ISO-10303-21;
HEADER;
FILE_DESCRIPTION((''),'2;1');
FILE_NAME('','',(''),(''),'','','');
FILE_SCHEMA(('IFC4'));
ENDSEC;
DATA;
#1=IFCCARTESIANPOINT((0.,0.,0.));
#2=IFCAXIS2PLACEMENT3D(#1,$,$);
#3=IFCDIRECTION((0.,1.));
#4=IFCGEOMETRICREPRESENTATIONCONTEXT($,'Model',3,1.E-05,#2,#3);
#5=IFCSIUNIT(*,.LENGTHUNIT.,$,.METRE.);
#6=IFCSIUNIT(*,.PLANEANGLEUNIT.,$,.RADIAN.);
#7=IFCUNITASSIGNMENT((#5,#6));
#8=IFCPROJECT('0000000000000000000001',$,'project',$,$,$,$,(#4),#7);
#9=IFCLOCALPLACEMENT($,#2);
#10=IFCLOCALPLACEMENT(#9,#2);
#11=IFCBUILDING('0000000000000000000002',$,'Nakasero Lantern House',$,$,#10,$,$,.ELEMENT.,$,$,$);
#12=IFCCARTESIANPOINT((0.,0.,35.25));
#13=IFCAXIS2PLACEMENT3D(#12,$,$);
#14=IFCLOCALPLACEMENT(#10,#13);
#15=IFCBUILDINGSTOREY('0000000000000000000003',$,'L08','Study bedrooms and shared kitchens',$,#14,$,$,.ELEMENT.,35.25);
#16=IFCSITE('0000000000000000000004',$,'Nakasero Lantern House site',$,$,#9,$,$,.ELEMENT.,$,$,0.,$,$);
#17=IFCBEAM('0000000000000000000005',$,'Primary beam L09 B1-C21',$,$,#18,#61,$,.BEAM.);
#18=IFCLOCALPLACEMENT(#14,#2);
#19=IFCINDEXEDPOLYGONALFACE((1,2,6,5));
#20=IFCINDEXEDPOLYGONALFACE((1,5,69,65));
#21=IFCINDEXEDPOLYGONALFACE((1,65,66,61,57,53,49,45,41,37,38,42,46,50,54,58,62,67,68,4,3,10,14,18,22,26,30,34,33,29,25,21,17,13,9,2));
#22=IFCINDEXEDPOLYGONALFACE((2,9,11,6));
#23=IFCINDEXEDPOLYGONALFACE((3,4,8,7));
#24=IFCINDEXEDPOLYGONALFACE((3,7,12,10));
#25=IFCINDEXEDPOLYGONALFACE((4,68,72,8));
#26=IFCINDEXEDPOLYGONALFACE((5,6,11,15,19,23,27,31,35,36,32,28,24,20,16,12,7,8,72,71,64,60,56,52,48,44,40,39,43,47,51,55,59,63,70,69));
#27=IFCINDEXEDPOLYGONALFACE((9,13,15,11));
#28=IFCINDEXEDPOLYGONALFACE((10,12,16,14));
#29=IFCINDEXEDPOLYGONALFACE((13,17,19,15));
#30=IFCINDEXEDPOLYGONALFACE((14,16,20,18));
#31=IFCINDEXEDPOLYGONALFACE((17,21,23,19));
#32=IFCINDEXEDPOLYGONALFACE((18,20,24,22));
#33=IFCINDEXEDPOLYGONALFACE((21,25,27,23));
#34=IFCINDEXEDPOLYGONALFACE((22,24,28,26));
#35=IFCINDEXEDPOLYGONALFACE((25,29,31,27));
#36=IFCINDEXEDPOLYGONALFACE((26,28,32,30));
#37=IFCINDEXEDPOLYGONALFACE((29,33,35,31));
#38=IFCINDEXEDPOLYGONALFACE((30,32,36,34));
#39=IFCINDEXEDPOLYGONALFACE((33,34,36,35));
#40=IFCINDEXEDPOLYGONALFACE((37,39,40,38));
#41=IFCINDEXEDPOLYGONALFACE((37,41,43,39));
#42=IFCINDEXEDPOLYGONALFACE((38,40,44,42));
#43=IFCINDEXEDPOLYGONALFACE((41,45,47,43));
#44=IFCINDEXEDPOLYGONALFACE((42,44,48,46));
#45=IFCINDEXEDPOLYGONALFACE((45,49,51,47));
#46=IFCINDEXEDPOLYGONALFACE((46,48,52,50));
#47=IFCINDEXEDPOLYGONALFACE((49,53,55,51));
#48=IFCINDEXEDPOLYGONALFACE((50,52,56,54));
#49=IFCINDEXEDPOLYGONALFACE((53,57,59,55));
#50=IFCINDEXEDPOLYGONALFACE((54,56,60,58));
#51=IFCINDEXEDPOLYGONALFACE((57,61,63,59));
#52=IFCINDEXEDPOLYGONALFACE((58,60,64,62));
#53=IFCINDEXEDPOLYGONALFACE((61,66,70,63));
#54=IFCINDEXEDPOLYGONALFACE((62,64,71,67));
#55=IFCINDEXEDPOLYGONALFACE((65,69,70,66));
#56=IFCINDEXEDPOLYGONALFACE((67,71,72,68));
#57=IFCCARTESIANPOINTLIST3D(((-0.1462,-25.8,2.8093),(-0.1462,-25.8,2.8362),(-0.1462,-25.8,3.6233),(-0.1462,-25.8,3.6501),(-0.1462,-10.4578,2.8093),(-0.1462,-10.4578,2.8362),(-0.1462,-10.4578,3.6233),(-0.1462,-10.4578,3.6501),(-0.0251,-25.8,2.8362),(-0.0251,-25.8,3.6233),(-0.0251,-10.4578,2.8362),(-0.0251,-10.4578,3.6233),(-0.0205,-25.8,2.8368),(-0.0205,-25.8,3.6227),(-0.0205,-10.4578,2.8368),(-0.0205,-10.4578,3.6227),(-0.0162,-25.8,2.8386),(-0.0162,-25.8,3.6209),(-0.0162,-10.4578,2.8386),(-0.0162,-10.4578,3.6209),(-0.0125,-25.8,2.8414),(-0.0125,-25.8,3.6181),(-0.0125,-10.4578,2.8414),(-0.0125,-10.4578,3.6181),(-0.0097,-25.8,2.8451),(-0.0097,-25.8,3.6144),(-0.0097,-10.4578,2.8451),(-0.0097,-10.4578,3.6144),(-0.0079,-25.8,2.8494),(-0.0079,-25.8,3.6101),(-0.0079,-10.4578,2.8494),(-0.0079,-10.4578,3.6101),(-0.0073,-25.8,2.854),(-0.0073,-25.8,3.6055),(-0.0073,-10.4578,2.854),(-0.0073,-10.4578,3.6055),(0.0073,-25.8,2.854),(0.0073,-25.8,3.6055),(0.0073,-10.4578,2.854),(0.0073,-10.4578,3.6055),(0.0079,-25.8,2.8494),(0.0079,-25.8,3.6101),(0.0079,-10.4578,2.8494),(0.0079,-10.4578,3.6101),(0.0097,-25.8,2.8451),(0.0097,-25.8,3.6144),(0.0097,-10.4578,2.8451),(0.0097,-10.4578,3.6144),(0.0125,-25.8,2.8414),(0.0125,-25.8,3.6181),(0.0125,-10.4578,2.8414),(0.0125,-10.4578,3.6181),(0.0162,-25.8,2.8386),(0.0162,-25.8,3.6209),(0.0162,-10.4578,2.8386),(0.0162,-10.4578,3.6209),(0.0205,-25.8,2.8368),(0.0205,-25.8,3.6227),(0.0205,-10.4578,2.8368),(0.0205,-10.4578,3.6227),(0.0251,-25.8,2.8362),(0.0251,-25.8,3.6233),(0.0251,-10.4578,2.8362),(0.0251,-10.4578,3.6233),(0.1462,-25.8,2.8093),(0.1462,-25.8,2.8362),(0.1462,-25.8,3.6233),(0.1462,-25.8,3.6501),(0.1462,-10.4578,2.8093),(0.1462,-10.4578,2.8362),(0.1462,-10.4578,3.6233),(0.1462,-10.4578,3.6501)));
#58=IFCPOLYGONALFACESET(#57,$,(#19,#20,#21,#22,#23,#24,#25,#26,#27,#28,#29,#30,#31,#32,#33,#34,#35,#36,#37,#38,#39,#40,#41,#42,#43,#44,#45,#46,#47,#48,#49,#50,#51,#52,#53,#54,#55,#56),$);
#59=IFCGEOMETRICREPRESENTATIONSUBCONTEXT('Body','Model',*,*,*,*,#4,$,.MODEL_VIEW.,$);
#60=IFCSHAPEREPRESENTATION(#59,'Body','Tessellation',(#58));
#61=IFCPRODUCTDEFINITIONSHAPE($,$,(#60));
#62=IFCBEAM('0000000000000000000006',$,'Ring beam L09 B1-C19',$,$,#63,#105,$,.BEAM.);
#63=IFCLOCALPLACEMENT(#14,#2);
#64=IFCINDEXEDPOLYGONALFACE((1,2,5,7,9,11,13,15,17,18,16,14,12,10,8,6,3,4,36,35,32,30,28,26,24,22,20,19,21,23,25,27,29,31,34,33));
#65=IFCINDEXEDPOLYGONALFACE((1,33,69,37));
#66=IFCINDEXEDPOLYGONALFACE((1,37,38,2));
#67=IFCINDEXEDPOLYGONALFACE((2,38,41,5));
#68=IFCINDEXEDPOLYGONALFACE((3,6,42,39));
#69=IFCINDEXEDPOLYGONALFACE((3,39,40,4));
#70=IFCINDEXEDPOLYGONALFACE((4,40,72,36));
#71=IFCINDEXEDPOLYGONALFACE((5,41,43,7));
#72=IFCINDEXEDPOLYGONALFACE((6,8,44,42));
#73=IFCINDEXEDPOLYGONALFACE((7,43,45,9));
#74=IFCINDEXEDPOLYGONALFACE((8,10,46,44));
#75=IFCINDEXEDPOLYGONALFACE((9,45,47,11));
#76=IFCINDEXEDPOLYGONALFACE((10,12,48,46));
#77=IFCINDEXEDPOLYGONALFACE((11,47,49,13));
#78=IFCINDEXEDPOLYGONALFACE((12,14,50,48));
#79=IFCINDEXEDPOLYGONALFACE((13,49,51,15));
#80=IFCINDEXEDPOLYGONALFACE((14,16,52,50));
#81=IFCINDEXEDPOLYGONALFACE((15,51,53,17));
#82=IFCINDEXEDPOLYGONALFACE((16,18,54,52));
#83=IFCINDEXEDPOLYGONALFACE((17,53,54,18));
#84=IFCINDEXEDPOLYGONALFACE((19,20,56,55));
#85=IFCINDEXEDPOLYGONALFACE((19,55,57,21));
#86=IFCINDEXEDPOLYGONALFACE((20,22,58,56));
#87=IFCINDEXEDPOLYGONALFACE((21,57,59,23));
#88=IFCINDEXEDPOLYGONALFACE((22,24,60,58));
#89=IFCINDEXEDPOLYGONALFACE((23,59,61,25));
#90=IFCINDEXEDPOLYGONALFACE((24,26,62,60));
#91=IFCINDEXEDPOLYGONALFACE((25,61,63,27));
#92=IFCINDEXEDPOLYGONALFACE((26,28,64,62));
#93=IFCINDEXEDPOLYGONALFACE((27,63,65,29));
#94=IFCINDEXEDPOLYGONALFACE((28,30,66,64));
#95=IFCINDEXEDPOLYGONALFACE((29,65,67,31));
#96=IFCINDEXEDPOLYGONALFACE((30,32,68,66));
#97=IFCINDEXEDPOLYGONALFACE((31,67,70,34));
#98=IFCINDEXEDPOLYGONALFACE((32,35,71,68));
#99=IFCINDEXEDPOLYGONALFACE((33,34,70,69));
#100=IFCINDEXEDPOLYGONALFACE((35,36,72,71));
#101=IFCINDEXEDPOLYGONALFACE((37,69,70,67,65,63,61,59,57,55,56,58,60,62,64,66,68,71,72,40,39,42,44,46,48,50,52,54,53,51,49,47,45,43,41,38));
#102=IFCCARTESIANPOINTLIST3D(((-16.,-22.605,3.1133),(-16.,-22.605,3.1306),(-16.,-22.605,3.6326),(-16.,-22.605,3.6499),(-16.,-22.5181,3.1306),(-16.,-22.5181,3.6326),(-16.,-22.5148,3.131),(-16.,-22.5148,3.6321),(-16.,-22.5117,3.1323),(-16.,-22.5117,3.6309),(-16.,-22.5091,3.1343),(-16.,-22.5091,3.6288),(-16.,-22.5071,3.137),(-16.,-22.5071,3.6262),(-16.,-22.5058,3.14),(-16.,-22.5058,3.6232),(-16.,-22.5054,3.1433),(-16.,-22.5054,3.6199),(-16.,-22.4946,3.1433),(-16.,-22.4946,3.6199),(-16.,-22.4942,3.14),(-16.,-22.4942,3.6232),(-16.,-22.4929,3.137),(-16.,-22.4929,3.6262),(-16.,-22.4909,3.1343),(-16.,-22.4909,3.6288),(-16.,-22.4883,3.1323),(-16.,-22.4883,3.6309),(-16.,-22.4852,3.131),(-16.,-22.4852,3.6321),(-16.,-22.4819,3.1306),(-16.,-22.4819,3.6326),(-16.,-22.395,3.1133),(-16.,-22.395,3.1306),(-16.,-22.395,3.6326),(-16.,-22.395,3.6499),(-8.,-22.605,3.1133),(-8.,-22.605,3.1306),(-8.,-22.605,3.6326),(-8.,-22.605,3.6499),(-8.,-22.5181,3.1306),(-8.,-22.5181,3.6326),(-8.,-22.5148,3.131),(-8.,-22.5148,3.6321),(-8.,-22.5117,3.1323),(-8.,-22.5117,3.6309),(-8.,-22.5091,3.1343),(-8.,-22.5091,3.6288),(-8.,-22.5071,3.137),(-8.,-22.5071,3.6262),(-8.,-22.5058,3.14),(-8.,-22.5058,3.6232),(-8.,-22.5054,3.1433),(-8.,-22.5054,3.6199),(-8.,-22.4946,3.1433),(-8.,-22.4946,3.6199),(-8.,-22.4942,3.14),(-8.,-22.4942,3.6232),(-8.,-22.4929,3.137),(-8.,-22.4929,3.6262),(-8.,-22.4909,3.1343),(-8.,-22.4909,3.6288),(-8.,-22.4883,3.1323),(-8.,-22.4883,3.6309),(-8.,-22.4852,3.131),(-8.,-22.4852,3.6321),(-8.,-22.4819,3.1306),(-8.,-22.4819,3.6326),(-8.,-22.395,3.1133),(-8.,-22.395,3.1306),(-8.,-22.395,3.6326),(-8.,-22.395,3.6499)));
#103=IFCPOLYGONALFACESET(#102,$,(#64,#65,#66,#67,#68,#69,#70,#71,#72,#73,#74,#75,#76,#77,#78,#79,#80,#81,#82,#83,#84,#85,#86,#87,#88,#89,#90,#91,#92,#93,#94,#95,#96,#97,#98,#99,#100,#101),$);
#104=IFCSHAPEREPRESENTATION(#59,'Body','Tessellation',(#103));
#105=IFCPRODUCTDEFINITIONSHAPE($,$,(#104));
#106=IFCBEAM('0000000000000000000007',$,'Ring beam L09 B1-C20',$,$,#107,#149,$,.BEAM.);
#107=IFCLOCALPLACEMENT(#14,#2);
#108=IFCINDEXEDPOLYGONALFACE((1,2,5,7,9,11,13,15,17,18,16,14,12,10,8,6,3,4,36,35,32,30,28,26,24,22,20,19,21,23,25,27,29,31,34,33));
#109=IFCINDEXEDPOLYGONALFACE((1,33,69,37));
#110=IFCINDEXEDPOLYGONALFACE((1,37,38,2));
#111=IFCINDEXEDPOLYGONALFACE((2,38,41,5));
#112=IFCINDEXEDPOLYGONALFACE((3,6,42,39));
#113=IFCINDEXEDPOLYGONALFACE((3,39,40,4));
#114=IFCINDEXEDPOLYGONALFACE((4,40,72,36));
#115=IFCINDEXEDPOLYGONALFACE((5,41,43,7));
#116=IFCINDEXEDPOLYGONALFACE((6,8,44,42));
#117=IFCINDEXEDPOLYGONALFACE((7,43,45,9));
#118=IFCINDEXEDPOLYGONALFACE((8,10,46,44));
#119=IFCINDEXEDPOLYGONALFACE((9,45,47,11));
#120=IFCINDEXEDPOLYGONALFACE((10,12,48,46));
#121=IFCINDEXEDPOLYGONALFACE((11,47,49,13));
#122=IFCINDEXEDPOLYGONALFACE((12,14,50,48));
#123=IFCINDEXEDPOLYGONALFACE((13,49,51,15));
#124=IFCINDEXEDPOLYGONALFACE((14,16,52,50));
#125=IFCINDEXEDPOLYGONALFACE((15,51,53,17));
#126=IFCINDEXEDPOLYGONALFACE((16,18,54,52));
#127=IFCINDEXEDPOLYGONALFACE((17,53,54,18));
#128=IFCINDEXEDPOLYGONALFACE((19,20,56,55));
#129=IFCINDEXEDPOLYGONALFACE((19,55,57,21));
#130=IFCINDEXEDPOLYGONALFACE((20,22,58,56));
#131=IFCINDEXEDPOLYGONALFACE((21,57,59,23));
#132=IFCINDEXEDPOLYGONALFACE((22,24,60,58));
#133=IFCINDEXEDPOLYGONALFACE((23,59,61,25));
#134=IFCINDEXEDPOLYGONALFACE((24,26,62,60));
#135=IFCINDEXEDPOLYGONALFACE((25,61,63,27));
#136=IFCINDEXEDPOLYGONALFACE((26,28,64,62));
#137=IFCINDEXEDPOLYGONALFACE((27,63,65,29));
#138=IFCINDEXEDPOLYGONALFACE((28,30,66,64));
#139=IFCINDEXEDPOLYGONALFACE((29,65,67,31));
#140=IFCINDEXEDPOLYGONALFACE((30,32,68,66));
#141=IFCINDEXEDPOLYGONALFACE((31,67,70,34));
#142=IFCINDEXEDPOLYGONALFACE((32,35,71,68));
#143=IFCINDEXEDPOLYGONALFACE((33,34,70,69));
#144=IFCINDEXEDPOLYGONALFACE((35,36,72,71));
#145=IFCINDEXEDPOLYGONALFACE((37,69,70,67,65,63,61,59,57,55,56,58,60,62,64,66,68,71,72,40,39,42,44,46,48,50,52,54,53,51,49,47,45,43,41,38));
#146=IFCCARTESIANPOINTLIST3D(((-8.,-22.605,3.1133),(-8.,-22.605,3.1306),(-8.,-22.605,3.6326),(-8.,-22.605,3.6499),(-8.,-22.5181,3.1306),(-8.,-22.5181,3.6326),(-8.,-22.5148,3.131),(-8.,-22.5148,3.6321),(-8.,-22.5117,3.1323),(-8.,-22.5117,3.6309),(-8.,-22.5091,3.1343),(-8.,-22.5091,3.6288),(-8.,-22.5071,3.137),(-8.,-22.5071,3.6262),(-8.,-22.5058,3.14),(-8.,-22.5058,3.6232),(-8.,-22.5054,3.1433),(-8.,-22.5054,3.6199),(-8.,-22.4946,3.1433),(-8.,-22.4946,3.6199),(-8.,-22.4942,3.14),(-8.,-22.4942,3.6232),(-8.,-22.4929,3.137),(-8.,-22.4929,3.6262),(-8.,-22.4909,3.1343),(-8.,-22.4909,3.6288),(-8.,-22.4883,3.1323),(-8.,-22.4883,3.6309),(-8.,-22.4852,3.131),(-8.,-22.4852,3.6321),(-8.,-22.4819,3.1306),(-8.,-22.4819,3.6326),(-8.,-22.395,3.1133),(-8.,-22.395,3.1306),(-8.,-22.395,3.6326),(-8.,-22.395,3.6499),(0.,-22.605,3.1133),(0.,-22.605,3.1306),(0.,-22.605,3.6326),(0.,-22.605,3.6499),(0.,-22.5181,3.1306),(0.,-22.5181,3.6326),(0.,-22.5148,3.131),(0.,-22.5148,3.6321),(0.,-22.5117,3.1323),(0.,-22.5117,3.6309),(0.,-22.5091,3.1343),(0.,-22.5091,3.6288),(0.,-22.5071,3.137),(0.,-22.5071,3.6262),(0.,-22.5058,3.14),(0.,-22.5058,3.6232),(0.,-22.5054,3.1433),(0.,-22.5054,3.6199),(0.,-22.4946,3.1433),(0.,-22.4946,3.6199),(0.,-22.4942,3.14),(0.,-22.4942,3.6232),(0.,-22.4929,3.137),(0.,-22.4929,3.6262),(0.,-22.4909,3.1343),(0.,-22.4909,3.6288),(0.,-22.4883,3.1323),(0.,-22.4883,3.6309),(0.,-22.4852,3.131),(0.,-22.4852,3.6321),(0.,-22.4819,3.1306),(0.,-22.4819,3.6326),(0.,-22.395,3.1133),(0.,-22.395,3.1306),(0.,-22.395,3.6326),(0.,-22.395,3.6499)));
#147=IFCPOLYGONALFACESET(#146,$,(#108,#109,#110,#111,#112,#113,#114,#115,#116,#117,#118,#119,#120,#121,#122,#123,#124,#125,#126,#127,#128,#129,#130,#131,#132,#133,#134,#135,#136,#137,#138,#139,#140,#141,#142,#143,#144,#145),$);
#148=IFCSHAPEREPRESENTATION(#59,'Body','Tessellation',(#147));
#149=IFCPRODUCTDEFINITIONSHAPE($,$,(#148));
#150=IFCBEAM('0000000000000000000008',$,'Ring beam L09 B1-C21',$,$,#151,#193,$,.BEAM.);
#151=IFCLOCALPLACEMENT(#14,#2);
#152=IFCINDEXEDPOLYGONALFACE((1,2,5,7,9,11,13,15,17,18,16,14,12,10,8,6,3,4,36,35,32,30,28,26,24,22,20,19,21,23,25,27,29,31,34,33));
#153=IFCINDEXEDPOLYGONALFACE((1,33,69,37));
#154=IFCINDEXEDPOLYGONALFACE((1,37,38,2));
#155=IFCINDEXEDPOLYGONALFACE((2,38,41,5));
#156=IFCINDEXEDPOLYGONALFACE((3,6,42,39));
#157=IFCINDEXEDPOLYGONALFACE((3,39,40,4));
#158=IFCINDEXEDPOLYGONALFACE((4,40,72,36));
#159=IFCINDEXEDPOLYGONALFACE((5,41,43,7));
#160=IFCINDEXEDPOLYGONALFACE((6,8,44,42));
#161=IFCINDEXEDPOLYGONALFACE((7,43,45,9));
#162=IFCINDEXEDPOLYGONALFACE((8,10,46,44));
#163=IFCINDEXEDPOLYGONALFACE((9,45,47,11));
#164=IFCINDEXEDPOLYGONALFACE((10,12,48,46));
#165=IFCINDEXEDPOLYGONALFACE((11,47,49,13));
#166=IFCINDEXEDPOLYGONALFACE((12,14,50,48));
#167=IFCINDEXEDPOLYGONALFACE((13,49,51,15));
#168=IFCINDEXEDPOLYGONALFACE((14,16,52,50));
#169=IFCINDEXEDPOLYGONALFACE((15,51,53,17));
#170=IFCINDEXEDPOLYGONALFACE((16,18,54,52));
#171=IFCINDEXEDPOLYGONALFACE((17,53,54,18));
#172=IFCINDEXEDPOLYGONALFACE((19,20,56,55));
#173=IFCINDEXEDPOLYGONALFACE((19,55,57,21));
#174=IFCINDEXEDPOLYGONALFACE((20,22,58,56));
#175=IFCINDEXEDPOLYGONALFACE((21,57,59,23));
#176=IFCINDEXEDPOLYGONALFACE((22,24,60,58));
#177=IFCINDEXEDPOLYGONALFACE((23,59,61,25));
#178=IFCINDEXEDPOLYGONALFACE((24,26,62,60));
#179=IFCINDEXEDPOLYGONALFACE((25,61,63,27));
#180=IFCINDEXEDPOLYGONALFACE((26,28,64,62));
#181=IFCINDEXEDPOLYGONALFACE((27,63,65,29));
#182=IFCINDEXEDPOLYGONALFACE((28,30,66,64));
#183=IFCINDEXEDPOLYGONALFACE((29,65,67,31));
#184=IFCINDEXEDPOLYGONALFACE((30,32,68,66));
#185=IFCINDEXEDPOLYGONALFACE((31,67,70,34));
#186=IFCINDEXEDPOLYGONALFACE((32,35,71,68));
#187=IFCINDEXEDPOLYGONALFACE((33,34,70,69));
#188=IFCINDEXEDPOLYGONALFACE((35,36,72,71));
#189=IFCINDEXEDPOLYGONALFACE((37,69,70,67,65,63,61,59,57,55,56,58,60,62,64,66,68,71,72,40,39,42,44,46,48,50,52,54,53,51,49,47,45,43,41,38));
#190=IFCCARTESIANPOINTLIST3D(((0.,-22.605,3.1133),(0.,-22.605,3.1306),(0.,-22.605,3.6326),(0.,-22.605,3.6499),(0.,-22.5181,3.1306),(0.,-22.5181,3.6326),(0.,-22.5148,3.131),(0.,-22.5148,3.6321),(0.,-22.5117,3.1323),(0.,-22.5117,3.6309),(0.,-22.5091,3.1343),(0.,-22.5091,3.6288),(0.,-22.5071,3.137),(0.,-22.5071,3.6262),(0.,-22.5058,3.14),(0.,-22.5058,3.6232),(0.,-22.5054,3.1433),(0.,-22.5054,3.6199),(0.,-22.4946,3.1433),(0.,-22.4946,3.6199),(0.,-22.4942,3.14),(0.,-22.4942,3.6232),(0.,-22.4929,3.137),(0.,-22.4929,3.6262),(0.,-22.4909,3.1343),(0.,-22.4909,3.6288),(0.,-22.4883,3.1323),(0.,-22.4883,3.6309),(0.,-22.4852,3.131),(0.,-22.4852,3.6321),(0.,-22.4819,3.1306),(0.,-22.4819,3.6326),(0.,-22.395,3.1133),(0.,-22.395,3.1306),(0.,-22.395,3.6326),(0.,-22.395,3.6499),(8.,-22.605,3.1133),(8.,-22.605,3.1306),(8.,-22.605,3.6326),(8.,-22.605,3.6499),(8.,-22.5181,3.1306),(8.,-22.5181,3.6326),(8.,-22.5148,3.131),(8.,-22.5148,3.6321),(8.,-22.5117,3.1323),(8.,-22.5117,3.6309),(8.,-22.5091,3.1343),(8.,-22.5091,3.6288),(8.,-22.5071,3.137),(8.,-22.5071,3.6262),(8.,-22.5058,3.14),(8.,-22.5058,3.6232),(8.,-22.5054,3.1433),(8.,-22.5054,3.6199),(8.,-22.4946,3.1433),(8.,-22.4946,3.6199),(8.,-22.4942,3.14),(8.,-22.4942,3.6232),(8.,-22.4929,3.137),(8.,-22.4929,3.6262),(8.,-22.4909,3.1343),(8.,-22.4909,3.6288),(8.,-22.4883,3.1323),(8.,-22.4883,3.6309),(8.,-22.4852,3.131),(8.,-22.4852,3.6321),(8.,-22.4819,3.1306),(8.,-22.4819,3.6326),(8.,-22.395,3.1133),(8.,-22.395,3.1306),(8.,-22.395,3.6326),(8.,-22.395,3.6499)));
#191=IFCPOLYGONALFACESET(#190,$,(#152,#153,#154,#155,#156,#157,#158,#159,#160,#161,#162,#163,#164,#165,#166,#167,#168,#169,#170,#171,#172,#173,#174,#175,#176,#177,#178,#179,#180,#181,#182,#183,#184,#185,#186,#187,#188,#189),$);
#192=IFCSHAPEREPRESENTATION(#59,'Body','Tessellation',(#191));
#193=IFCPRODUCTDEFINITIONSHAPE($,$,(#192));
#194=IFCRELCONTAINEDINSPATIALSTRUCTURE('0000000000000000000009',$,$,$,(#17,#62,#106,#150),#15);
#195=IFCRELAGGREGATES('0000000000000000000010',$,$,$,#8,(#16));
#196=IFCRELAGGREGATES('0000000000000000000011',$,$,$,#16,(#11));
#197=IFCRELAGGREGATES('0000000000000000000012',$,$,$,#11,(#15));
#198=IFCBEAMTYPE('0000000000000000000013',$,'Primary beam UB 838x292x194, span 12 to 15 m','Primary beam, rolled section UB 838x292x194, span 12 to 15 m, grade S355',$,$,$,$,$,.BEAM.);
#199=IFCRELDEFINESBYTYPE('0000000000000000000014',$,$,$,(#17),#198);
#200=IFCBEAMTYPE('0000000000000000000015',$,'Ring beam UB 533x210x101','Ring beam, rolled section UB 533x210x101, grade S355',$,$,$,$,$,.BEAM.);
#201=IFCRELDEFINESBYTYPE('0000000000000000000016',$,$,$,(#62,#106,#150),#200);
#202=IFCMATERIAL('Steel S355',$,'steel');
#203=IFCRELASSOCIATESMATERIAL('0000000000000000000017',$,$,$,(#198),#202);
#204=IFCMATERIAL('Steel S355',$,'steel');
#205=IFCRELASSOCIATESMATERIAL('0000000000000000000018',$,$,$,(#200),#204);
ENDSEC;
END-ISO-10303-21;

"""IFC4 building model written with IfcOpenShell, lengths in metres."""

from ifc_helpers import new_model, si_unit, direction, frame, origin, origin_2d, place, context, subcontext, project, spatial, i_section, extrude, material, material_profile, profile_set, type_object, element, save


model = new_model("IFC4")

# Units and contexts
model_context = context("Model", 3, precision=1e-05, world=origin(), true_north=direction((0.0, 1.0)))
body_context = subcontext(model_context, "Body", "Model", "MODEL_VIEW")
ifc_project = project(units=[si_unit("LENGTHUNIT", "METRE"), si_unit("PLANEANGLEUNIT", "RADIAN")], contexts=[model_context])

# Site, building, storey
site_placement = place(None, origin())
site = spatial("IfcSite", under=ifc_project, at=site_placement, Name="Nakasero Lantern House site", CompositionType="ELEMENT", RefElevation=0.0)
building_placement = place(site_placement, origin())
building = spatial("IfcBuilding", under=site, at=building_placement, Name="Nakasero Lantern House", CompositionType="ELEMENT")
storey_placement = place(building_placement, frame((0.0, 0.0, 35.25)))
storey = spatial("IfcBuildingStorey", under=building, at=storey_placement, Name="L08", Description="Study bedrooms and shared kitchens", CompositionType="ELEMENT", Elevation=35.25)

# Beams
ifc_material_1 = material(Name="Steel S355", Category="steel")
ifc_material_profile_1 = material_profile(ifc_material_1, i_section(OverallWidth=0.2925, OverallDepth=0.8408, WebThickness=0.0146, FlangeThickness=0.0269, FilletRadius=0.0178, at=origin_2d()), Name="UB 838x292x194")
ifc_profile_set_1 = profile_set([ifc_material_profile_1], Name="Steel S355")
beam_type_1 = type_object("IfcBeamType", Name="Primary beam UB 838x292x194, span 12 to 15 m", Description="Primary beam, rolled section UB 838x292x194, span 12 to 15 m, grade S355", PredefinedType="BEAM", material=ifc_profile_set_1)
beam_1_placement = place(storey_placement, frame((0.0, -25.8, 3.2297), z_axis=(0.0, 1.0, 0.0), x_axis=(-1.0, 0.0, 0.0)))
element("IfcBeam", 1, at=beam_1_placement, inside=storey, type_object=beam_type_1, Name="Primary beam L09 B1-C21", PredefinedType="BEAM", context=body_context, shape_type="SweptSolid", body=[
    extrude(i_section(OverallWidth=0.2925, OverallDepth=0.8408, WebThickness=0.0146, FlangeThickness=0.0269, FilletRadius=0.0178, at=origin_2d()), origin(), (0.0, 0.0, 1.0), 15.3423),
])
ifc_material_2 = material(Name="Steel S355", Category="steel")
ifc_material_profile_2 = material_profile(ifc_material_2, i_section(OverallWidth=0.21, OverallDepth=0.5366, WebThickness=0.0107, FlangeThickness=0.0173, FilletRadius=0.0127, at=origin_2d()), Name="UB 533x210x101")
ifc_profile_set_2 = profile_set([ifc_material_profile_2], Name="Steel S355")
beam_type_2 = type_object("IfcBeamType", Name="Ring beam UB 533x210x101", Description="Ring beam, rolled section UB 533x210x101, grade S355", PredefinedType="BEAM", material=ifc_profile_set_2)
for number, where, z_axis, x_axis, name in (
    (2, (-16.0, -22.5, 3.3816), (1.0, 0.0, 0.0), (0.0, 1.0, 0.0), "Ring beam L09 B1-C19"),
    (3, (-8.0, -22.5, 3.3816), (1.0, 0.0, 0.0), (0.0, 1.0, 0.0), "Ring beam L09 B1-C20"),
    (4, (0.0, -22.5, 3.3816), (1.0, 0.0, 0.0), (0.0, 1.0, 0.0), "Ring beam L09 B1-C21"),
):
    element("IfcBeam", number, at=place(storey_placement, frame(where, z_axis=z_axis, x_axis=x_axis)), inside=storey, type_object=beam_type_2, Name=name, PredefinedType="BEAM", context=body_context, shape_type="SweptSolid", body=[
        extrude(i_section(OverallWidth=0.21, OverallDepth=0.5366, WebThickness=0.0107, FlangeThickness=0.0173, FilletRadius=0.0127, at=origin_2d()), origin(), (0.0, 0.0, 1.0), 8.0),
    ])

save(model, "model.ifc")
